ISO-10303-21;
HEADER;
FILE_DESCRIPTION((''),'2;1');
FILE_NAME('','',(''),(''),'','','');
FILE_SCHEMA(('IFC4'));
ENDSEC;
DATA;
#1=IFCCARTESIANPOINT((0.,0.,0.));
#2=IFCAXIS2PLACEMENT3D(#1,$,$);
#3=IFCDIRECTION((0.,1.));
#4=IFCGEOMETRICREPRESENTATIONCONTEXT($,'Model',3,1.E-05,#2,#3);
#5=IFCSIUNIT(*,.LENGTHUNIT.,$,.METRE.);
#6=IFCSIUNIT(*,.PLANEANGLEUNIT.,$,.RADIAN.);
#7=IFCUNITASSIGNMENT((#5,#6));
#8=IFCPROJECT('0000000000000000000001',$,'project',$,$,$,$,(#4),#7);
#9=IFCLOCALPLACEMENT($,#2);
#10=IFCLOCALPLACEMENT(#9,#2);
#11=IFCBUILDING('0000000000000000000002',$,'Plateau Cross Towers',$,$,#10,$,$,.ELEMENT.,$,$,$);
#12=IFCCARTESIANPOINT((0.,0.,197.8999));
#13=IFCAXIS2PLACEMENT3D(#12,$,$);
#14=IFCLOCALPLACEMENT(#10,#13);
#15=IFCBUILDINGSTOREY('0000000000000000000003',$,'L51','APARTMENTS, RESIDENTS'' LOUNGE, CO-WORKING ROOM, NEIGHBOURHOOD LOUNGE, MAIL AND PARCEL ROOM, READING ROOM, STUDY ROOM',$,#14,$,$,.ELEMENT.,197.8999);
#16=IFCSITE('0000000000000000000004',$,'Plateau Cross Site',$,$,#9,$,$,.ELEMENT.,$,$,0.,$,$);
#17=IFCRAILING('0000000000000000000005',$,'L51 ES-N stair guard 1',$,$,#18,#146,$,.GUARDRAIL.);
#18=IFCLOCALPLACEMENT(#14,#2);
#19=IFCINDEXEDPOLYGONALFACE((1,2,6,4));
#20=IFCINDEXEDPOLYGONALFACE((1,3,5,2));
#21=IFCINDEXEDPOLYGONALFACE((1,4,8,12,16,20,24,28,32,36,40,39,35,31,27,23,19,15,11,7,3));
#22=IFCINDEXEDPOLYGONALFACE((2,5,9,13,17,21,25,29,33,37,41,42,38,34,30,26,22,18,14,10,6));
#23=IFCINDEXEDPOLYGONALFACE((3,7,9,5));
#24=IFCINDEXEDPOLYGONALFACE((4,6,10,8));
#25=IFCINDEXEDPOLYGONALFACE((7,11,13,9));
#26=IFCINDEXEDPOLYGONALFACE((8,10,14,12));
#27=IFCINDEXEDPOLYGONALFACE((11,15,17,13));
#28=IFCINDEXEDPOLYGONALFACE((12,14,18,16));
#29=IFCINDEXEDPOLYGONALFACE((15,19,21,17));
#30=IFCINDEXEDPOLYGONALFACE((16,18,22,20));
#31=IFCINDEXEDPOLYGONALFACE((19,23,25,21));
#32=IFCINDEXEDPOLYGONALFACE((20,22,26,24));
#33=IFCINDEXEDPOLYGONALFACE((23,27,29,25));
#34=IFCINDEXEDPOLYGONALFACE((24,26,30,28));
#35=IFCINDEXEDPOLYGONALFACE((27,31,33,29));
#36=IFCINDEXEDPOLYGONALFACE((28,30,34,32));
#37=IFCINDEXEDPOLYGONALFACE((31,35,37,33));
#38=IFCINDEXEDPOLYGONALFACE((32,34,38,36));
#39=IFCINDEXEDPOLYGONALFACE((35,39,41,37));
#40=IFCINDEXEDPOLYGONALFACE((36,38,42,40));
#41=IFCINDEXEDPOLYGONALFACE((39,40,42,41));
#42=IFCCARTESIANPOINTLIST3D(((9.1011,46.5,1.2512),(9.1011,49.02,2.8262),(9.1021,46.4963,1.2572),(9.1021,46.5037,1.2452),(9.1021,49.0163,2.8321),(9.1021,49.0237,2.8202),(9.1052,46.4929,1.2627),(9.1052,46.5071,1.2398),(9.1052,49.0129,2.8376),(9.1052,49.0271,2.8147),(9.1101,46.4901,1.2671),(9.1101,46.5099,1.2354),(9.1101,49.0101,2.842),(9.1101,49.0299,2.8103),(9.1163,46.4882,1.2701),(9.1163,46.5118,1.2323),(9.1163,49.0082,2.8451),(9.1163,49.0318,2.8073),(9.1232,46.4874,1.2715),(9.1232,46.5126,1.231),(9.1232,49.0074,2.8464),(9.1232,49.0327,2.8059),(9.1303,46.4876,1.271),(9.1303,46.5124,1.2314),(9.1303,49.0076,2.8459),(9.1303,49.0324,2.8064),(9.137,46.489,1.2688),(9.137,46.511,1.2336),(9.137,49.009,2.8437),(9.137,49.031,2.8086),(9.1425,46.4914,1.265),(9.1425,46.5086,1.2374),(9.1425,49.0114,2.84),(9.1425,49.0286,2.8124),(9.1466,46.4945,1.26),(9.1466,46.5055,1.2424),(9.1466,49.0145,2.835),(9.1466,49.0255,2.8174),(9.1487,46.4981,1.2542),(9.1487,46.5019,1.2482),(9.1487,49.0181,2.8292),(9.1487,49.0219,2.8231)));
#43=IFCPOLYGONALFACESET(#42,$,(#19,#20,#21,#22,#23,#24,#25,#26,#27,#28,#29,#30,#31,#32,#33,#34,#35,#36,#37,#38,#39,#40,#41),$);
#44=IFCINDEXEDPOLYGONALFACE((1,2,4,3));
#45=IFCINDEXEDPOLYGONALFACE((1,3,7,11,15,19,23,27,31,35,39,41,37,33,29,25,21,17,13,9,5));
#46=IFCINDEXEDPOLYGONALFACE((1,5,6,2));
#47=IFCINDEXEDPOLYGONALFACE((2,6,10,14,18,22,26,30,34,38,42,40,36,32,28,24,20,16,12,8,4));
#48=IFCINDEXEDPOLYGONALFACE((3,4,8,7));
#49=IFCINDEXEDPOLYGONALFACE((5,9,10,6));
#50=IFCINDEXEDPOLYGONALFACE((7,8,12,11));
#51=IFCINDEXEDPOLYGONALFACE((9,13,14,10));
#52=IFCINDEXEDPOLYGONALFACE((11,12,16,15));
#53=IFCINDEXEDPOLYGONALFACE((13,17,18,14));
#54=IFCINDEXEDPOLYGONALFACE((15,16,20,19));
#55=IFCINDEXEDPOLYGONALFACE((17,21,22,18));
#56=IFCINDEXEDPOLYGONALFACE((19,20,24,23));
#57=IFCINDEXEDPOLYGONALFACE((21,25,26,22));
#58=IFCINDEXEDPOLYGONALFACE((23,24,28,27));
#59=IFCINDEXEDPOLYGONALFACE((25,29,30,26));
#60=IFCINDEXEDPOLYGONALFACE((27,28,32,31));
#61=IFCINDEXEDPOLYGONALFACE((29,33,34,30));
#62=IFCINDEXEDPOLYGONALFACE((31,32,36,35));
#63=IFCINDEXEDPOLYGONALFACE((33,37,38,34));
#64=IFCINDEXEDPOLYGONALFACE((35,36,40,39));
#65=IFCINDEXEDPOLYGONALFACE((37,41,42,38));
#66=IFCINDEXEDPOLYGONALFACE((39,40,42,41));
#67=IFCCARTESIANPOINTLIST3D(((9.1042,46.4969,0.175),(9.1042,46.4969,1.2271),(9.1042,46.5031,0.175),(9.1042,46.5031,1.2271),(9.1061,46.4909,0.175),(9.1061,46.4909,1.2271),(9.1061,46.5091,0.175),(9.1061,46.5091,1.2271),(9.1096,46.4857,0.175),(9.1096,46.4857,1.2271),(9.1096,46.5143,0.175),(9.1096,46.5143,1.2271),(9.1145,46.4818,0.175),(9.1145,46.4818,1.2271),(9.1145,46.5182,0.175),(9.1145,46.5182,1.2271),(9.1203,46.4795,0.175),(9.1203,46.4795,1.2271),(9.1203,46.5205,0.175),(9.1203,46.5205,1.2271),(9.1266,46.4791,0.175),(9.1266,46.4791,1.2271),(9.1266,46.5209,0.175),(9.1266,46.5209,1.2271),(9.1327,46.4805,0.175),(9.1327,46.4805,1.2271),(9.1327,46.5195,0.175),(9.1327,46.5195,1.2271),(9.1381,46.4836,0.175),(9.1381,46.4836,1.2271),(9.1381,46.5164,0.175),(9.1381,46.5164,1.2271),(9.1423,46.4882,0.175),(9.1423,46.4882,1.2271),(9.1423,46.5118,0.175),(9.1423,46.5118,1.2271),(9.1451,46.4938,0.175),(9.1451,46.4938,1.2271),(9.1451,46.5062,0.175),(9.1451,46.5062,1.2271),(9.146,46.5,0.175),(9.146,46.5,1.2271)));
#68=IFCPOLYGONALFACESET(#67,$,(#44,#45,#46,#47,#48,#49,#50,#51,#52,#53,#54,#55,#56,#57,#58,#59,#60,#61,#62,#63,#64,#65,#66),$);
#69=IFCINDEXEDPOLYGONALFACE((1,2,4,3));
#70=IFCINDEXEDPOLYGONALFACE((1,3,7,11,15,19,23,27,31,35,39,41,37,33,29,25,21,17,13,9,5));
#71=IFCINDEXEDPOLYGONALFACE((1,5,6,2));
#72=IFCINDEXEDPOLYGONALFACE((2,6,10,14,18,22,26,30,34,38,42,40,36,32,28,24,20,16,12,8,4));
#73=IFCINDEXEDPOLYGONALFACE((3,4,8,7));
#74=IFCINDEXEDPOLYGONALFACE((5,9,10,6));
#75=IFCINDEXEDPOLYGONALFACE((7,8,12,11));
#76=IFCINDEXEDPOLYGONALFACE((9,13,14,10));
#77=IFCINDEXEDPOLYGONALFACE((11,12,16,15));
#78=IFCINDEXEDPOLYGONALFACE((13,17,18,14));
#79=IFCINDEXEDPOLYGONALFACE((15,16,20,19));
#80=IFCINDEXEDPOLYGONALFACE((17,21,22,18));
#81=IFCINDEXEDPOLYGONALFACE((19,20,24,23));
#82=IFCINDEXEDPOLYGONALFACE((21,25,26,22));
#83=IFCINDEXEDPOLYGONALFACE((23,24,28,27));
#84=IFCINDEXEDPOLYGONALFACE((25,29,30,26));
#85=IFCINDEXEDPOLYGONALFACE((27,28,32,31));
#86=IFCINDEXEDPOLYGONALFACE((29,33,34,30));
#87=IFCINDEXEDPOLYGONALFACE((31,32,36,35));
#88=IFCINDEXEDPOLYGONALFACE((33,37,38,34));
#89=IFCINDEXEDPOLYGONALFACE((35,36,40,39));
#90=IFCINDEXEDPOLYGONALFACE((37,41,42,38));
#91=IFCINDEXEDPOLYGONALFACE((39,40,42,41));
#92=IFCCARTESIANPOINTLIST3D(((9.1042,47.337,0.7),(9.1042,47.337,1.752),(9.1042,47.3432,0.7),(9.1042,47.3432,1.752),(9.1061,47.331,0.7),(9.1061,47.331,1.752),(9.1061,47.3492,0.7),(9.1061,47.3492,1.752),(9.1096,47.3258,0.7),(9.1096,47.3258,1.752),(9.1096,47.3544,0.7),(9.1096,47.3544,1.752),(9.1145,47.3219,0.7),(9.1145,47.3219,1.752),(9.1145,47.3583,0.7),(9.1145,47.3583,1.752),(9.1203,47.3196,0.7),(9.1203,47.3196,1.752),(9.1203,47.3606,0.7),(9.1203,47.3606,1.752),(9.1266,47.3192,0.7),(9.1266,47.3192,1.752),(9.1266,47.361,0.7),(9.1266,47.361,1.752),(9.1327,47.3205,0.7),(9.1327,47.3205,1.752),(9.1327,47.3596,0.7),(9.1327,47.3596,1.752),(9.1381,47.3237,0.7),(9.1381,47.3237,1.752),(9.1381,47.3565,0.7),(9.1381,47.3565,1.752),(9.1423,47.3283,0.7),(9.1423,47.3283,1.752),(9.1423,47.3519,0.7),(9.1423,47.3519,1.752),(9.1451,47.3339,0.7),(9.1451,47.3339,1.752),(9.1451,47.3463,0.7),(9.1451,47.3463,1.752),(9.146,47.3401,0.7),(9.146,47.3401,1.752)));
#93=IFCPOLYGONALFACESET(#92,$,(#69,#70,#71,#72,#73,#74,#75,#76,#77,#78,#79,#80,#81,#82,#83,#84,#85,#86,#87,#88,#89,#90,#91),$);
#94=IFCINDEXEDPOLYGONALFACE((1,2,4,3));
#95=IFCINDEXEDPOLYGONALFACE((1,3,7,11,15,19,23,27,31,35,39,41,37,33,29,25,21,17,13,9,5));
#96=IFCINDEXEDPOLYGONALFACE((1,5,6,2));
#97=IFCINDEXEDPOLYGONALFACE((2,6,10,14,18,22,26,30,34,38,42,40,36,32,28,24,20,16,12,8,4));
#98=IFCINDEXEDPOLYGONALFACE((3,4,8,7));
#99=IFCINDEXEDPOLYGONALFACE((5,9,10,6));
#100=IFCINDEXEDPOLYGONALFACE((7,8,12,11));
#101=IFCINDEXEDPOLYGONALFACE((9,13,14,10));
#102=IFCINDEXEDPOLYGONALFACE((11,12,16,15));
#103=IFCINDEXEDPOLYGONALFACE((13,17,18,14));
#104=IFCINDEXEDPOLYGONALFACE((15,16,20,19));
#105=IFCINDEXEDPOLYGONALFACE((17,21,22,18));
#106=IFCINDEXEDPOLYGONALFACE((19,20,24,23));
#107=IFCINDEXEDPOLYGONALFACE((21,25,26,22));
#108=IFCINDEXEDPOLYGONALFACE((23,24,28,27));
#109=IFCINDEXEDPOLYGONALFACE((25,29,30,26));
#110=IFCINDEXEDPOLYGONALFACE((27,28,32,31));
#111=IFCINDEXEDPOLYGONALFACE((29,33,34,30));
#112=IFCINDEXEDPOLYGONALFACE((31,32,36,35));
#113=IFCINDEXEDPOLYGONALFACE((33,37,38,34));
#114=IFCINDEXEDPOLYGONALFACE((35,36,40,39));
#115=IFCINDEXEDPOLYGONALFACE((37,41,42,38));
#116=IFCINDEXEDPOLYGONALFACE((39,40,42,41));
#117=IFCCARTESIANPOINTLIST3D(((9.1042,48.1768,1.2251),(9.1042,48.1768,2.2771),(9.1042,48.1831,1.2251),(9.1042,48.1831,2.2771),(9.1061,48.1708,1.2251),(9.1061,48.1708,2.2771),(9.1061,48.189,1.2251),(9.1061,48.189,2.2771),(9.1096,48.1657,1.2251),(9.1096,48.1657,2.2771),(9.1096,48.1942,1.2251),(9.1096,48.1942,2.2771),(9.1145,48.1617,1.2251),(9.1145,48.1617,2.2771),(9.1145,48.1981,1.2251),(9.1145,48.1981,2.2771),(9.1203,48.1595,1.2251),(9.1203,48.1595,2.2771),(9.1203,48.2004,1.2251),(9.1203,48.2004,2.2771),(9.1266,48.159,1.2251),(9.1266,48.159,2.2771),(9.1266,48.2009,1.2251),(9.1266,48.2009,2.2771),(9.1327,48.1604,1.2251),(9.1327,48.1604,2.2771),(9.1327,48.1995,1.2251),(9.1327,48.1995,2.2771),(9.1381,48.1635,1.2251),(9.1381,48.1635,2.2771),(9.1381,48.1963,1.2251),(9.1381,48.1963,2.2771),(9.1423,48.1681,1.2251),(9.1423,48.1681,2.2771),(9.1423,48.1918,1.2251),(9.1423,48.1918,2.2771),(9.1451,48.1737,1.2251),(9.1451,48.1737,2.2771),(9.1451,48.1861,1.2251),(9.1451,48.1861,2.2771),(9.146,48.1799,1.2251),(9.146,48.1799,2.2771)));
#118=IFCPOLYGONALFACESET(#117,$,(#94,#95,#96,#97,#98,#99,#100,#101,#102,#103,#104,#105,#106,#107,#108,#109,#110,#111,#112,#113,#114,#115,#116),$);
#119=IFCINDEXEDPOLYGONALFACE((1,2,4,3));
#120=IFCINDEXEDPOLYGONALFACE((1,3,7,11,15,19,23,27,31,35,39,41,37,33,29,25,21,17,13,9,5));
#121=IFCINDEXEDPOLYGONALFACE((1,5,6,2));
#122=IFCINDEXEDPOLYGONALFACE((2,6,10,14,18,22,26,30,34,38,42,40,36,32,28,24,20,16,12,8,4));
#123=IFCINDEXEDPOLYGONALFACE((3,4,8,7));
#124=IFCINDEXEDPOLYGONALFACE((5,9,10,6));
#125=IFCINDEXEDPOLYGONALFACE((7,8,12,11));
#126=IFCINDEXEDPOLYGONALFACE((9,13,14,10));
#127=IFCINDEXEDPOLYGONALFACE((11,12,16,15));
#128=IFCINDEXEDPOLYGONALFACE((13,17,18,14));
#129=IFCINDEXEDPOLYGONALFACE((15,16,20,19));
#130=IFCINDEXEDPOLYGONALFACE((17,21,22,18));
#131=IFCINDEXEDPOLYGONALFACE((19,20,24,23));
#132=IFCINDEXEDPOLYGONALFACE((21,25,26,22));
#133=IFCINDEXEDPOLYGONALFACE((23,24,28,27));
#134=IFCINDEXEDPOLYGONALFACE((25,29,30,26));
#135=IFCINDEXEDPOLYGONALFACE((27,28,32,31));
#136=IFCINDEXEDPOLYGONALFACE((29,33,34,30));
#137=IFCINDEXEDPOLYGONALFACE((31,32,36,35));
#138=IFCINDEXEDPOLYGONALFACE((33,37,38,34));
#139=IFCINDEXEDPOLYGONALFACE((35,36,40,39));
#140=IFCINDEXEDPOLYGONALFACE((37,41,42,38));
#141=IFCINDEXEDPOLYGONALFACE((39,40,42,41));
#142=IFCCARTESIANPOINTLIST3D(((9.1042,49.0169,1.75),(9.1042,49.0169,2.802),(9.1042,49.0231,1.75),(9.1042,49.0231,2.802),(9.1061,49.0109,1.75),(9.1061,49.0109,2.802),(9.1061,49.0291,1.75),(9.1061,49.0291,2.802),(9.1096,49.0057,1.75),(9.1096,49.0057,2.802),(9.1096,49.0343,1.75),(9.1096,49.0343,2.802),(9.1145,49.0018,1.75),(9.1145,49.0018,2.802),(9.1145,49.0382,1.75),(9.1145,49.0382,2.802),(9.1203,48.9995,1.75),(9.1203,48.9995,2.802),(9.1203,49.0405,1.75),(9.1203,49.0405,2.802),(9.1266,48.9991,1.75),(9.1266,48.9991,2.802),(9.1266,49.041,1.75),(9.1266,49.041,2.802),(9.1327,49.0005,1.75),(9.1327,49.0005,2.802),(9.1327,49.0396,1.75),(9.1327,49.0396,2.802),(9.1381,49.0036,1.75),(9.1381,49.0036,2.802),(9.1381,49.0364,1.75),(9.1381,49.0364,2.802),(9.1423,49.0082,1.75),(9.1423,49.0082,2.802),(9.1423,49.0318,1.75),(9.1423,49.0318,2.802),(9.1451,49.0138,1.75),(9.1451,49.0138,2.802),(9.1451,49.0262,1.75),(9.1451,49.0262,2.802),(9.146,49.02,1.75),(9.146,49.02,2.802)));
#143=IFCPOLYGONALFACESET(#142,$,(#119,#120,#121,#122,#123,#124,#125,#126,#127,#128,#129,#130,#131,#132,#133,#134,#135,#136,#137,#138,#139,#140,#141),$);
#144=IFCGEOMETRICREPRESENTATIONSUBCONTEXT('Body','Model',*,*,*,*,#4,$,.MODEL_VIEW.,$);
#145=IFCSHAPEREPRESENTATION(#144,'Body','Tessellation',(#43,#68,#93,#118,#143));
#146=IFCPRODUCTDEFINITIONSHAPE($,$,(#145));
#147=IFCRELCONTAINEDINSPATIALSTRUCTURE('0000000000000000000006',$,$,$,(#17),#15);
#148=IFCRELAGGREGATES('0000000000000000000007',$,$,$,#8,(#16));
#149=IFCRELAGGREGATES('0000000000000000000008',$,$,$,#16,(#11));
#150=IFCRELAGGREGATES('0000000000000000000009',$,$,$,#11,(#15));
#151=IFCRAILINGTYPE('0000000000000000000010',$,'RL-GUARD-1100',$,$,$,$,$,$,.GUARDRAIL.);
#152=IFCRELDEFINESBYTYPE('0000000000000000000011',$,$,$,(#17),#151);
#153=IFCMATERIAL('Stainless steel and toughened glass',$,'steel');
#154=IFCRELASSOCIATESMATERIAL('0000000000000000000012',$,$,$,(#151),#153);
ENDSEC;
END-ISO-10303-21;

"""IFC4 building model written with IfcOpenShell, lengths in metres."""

from ifc_helpers import new_model, si_unit, direction, frame, origin, origin_2d, place, context, subcontext, project, spatial, circle, extrude, material, type_object, element, save


model = new_model("IFC4")

# Units and contexts
model_context = context("Model", 3, precision=1e-05, world=origin(), true_north=direction((0.0, 1.0)))
body_context = subcontext(model_context, "Body", "Model", "MODEL_VIEW")
ifc_project = project(units=[si_unit("LENGTHUNIT", "METRE"), si_unit("PLANEANGLEUNIT", "RADIAN")], contexts=[model_context])

# Site, building, storey
site_placement = place(None, origin())
site = spatial("IfcSite", under=ifc_project, at=site_placement, Name="Plateau Cross Site", CompositionType="ELEMENT", RefElevation=0.0)
building_placement = place(site_placement, origin())
building = spatial("IfcBuilding", under=site, at=building_placement, Name="Plateau Cross Towers", CompositionType="ELEMENT")
storey_placement = place(building_placement, frame((0.0, 0.0, 197.8999)))
storey = spatial("IfcBuildingStorey", under=building, at=storey_placement, Name="L51", Description="APARTMENTS, RESIDENTS' LOUNGE, CO-WORKING ROOM, NEIGHBOURHOOD LOUNGE, MAIL AND PARCEL ROOM, READING ROOM, STUDY ROOM", CompositionType="ELEMENT", Elevation=197.8999)

# Railing
ifc_material_1 = material(Name="Stainless steel and toughened glass", Category="steel")
railing_type_1 = type_object("IfcRailingType", Name="RL-GUARD-1100", PredefinedType="GUARDRAIL", material=ifc_material_1)
railing_1_placement = place(storey_placement, frame((9.125, 46.5, 0.175)))
element("IfcRailing", 1, at=railing_1_placement, inside=storey, type_object=railing_type_1, Name="L51 ES-N stair guard 1", PredefinedType="GUARDRAIL", context=body_context, shape_type="SweptSolid", body=[
    extrude(circle(Radius=0.0239, at=origin_2d()), frame((0.0, 0.0, 1.0762), z_axis=(0.0, 0.848008, 0.529984), x_axis=(-1.0, 0.0, 0.0)), (0.0, 0.0, 1.0), 2.9717),
    extrude(circle(Radius=0.021, at=origin_2d()), origin(), (0.0, 0.0, 1.0), 1.052),
    extrude(circle(Radius=0.021, at=origin_2d()), frame((0.0, 0.8401, 0.5249)), (0.0, 0.0, 1.0), 1.052),
    extrude(circle(Radius=0.021, at=origin_2d()), frame((0.0, 1.6799, 1.05)), (0.0, 0.0, 1.0), 1.052),
    extrude(circle(Radius=0.021, at=origin_2d()), frame((0.0, 2.52, 1.575)), (0.0, 0.0, 1.0), 1.052),
])

save(model, "model.ifc")
